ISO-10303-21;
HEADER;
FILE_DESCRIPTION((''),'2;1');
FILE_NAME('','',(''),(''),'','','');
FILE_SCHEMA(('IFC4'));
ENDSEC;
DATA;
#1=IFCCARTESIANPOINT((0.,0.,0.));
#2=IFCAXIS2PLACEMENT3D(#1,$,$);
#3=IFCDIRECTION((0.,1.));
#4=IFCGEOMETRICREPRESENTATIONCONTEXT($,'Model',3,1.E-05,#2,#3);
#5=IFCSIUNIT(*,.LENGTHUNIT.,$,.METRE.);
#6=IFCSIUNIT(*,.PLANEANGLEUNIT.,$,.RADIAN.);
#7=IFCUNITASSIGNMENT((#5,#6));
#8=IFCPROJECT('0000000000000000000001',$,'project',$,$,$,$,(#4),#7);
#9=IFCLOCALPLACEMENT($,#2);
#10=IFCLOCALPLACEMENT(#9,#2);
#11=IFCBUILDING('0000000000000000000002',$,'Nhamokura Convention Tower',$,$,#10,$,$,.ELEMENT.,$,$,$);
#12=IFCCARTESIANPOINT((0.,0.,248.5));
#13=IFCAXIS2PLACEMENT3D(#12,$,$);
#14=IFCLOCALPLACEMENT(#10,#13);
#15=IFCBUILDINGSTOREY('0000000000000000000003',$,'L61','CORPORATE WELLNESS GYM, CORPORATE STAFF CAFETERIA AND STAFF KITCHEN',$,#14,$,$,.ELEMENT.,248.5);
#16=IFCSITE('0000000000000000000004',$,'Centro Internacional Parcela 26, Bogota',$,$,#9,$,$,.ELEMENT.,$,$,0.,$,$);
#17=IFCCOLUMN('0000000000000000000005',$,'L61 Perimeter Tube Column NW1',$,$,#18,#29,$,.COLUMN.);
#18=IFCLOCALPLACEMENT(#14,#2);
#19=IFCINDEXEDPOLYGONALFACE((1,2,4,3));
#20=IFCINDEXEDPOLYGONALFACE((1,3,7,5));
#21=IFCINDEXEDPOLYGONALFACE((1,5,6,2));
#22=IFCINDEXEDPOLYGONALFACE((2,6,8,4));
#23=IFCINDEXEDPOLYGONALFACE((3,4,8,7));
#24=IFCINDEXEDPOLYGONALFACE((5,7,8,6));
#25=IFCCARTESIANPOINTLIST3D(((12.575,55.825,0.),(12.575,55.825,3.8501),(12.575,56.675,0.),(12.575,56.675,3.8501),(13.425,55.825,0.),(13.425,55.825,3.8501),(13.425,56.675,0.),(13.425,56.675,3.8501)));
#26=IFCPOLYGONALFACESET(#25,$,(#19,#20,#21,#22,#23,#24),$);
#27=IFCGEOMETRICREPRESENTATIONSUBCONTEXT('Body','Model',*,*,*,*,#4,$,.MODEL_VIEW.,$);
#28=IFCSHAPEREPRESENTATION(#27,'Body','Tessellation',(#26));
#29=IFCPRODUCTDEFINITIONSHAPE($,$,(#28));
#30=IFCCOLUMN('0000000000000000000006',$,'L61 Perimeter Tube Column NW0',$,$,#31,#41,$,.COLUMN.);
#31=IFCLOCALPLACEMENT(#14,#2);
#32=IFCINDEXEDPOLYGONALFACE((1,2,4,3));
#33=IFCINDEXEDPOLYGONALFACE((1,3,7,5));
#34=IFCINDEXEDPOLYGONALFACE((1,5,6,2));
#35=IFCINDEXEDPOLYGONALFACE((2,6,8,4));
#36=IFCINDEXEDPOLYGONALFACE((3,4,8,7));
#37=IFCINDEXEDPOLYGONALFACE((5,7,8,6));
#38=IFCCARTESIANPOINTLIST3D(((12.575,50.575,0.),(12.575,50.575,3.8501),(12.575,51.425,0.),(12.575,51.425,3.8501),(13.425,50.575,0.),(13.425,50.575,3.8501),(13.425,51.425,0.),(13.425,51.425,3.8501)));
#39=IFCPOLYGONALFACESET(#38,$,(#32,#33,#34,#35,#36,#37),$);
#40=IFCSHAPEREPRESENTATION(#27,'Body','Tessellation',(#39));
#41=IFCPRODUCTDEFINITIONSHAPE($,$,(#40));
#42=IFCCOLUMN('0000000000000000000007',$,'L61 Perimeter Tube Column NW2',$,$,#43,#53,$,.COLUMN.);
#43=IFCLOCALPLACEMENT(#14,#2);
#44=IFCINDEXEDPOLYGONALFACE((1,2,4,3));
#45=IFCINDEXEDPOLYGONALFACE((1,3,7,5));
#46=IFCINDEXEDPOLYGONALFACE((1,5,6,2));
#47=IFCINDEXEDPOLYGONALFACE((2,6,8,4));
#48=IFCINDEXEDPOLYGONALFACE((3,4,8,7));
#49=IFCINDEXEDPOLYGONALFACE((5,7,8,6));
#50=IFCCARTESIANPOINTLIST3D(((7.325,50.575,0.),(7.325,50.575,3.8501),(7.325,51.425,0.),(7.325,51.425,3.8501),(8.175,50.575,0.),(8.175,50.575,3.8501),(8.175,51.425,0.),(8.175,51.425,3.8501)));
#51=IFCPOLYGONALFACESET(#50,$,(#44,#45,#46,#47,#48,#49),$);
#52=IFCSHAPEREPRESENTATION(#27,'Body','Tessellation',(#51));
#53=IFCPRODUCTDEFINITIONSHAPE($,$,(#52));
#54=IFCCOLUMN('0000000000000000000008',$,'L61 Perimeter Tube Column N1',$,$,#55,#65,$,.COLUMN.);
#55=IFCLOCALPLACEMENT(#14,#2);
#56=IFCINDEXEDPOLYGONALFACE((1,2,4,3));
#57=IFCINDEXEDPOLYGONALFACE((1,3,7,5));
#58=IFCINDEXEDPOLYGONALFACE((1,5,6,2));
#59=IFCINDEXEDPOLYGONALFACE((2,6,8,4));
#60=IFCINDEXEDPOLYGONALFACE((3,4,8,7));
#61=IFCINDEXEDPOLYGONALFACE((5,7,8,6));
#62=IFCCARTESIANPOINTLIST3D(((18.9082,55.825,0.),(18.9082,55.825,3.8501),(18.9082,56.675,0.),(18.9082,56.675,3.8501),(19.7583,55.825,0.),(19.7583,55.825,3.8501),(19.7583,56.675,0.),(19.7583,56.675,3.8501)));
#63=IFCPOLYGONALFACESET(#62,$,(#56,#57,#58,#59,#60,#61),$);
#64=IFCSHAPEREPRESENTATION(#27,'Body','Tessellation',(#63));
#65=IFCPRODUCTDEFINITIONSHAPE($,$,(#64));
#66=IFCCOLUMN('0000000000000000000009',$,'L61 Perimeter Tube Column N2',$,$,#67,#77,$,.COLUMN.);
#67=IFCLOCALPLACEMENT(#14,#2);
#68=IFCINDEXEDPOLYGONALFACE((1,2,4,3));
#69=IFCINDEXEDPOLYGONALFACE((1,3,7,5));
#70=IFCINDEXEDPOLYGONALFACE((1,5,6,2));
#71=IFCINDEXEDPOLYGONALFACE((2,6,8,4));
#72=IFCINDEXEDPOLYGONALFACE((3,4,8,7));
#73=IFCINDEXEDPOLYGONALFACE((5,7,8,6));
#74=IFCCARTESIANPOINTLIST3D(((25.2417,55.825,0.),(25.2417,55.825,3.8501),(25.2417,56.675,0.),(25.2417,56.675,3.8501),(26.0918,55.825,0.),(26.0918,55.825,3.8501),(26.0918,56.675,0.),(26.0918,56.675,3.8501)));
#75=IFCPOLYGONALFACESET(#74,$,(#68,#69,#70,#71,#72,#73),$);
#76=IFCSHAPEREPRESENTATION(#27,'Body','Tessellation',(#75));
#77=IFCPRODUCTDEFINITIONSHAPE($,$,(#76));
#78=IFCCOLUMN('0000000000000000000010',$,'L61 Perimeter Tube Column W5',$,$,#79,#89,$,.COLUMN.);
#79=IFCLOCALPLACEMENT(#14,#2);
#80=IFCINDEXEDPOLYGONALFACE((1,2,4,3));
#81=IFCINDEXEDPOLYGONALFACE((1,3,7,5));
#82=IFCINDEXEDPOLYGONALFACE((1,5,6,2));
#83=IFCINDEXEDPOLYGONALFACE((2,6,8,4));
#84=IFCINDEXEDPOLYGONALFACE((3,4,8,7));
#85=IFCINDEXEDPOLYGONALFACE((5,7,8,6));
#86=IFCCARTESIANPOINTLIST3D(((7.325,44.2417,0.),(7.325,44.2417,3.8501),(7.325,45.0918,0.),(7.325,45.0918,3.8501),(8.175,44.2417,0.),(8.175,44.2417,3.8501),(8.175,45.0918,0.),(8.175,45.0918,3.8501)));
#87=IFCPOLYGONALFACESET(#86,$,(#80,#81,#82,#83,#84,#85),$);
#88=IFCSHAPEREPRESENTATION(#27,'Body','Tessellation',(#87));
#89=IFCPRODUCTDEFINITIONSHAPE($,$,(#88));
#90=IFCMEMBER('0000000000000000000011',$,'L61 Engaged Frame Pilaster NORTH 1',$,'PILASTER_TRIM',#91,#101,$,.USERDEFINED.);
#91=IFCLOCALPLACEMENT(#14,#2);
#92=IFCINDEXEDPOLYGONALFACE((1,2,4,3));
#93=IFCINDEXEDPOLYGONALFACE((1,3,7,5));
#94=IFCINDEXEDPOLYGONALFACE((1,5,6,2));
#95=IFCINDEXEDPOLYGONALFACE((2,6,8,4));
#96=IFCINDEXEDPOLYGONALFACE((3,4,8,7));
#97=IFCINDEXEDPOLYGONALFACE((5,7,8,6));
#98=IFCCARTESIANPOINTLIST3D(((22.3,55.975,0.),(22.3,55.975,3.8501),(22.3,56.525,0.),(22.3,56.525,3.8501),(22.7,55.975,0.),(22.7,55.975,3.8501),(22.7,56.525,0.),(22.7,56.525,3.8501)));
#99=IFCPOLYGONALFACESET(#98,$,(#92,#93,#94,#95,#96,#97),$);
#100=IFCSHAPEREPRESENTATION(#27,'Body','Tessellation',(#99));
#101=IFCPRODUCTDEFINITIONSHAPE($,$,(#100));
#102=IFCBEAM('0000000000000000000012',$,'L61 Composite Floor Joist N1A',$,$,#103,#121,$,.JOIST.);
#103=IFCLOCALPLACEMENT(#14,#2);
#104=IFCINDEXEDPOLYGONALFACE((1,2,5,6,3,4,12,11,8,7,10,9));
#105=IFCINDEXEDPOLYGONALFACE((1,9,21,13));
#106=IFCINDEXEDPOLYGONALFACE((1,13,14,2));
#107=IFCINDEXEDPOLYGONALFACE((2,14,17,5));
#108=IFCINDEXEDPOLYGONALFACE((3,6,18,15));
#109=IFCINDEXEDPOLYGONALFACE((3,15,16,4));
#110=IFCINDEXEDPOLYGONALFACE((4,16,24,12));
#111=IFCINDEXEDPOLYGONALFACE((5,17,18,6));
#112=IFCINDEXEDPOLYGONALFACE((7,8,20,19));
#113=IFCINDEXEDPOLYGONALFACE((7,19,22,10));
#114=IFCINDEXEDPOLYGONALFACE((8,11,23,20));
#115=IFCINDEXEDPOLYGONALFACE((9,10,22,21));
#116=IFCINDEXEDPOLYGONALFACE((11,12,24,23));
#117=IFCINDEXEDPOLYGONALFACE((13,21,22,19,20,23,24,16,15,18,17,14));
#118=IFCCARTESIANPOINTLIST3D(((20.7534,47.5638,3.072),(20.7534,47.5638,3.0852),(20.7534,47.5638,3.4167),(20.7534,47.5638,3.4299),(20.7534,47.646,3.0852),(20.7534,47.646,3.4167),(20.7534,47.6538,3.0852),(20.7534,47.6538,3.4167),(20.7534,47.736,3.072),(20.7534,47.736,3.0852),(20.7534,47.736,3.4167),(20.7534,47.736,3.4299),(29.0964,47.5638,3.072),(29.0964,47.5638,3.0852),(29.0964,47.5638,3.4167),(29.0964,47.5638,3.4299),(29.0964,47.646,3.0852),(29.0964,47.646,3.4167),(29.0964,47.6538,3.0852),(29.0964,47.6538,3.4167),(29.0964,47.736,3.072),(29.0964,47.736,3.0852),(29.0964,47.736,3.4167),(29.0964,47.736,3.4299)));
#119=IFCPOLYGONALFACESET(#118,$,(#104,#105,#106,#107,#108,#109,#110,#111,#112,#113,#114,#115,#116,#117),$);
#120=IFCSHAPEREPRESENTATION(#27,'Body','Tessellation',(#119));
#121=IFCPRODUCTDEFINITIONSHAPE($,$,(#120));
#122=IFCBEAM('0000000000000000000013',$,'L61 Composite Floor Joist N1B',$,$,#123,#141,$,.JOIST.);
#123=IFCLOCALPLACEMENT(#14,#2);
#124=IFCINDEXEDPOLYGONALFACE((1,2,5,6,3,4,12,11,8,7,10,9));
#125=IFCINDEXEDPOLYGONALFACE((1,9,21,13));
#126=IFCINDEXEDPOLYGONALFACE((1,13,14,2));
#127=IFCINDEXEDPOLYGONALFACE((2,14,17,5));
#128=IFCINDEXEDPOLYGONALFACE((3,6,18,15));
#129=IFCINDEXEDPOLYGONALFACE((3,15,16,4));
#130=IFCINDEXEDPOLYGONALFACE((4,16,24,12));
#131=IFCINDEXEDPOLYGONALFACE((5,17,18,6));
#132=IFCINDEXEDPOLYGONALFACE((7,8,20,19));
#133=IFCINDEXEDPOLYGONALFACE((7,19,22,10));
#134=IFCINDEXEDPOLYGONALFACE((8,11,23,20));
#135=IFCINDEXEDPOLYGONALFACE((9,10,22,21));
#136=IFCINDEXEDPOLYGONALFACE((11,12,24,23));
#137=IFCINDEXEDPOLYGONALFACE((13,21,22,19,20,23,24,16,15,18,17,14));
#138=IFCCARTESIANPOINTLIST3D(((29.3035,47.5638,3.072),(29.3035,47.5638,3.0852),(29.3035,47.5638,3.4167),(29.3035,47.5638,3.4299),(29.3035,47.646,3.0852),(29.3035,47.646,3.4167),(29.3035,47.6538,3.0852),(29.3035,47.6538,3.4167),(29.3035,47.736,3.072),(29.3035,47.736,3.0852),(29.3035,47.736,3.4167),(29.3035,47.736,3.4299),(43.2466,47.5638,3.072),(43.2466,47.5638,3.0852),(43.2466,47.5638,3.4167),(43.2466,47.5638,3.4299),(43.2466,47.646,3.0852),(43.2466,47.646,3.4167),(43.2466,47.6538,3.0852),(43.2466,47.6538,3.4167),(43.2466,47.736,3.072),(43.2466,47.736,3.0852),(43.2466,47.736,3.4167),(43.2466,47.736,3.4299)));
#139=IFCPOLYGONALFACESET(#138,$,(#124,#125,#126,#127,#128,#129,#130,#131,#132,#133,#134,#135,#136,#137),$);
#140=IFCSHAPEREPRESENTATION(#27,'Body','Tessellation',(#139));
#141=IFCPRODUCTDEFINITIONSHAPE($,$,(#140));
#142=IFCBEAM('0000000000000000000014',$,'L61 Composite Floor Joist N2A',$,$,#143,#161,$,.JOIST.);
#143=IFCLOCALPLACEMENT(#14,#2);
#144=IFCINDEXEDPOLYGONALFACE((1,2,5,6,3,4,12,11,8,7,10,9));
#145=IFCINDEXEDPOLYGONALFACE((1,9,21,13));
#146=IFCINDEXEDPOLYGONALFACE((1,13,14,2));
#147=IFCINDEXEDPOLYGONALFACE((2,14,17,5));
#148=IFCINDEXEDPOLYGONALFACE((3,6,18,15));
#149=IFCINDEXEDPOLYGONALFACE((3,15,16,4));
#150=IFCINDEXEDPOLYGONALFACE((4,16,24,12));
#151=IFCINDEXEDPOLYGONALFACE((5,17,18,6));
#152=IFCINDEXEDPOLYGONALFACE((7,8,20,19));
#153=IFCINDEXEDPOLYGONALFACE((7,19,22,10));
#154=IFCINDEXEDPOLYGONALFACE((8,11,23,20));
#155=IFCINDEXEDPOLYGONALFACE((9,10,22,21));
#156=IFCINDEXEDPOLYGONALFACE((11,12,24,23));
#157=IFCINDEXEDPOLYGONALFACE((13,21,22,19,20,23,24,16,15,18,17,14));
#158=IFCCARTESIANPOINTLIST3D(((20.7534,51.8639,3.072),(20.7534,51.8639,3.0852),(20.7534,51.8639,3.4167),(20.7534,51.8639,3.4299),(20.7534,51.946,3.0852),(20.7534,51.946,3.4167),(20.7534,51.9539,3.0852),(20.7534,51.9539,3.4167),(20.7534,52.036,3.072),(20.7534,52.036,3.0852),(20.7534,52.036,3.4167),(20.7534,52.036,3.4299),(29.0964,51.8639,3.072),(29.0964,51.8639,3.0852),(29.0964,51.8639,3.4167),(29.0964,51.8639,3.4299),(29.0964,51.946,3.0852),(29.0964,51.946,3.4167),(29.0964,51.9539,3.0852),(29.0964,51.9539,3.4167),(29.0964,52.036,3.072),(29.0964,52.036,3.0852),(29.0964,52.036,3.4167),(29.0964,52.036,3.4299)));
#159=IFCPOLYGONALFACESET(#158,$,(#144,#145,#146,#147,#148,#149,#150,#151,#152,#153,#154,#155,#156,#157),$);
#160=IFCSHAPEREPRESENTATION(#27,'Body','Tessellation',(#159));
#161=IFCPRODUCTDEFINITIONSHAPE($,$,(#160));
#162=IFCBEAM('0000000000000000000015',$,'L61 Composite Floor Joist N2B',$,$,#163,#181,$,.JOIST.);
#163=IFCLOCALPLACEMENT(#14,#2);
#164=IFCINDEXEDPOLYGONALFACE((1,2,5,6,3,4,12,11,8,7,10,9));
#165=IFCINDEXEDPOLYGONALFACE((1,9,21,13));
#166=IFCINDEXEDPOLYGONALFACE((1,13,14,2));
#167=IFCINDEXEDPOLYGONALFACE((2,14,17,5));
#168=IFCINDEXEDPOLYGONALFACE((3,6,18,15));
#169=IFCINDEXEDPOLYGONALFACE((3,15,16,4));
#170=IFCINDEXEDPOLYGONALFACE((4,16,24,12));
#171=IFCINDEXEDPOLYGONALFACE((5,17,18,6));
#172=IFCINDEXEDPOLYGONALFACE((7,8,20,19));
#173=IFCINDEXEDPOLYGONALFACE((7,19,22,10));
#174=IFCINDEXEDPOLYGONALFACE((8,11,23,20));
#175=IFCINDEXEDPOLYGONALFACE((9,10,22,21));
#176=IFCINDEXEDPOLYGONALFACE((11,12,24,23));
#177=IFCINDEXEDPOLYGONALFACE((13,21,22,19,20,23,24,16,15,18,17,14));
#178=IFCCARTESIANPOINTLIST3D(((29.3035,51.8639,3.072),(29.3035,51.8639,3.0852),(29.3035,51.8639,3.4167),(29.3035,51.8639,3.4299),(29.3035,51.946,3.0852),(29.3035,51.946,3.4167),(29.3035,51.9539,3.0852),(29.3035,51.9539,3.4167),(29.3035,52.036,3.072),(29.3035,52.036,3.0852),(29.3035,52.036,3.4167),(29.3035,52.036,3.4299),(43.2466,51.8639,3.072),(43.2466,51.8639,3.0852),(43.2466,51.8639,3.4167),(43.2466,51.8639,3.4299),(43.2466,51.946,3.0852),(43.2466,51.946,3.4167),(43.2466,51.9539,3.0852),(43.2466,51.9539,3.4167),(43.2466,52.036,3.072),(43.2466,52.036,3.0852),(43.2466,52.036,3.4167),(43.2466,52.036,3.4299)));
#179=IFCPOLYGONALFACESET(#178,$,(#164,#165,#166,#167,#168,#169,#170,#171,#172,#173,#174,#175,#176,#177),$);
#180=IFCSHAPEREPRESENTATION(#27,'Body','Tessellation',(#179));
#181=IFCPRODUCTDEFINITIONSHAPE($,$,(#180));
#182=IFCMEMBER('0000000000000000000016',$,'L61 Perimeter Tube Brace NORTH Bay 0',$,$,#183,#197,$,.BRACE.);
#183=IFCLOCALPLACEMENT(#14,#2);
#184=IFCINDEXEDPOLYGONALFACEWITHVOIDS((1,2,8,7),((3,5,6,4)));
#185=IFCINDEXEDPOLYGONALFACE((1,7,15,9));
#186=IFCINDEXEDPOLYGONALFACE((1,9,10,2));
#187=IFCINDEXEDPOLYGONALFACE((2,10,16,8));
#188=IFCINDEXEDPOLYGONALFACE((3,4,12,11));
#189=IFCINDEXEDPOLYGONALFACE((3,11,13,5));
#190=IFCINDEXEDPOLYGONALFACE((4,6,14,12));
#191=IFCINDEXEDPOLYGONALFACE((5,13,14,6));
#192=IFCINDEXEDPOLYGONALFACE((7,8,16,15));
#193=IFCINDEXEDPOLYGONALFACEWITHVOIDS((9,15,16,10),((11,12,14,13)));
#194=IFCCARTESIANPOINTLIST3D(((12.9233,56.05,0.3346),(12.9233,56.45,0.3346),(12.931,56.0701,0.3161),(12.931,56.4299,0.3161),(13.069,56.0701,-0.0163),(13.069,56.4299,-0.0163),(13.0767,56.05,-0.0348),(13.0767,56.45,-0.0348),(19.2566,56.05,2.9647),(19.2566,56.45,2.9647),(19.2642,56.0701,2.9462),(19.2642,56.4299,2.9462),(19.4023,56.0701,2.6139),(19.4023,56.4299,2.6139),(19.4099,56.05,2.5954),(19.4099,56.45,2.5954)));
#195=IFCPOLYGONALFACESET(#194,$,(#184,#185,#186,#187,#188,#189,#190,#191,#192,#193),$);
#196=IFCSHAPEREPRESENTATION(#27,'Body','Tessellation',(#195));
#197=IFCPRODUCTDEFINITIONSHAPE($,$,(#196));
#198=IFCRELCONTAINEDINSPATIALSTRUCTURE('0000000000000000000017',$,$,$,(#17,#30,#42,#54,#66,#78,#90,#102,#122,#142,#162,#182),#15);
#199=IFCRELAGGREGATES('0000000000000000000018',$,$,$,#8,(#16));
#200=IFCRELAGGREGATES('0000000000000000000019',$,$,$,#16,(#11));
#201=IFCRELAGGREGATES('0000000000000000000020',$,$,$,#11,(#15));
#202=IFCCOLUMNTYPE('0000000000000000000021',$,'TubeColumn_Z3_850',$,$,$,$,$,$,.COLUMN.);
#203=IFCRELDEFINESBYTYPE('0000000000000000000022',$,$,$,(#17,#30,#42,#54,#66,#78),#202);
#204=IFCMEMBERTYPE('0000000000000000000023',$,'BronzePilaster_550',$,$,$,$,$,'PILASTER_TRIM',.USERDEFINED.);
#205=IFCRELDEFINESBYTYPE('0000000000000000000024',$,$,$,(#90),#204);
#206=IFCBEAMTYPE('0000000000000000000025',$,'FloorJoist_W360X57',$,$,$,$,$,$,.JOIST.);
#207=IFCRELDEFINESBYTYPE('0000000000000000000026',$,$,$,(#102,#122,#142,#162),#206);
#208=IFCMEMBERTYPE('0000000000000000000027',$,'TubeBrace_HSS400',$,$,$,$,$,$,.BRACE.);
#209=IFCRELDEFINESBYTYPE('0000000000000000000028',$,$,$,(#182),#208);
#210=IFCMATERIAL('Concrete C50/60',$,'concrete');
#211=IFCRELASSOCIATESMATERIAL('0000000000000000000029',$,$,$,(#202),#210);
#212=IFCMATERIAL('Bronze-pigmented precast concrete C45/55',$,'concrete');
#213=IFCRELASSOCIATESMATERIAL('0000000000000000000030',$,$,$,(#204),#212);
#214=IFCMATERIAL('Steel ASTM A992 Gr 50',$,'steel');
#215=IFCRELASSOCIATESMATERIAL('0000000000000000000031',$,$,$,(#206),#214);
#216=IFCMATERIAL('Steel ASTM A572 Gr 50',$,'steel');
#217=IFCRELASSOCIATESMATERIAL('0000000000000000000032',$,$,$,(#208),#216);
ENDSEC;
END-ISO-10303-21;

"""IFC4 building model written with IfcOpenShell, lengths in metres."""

from ifc_helpers import new_model, si_unit, direction, frame, origin, origin_2d, place, context, subcontext, project, spatial, rectangle, hollow_rectangle, i_section, extrude, material, material_profile, profile_set, type_object, element, save


model = new_model("IFC4")

# Units and contexts
model_context = context("Model", 3, precision=1e-05, world=origin(), true_north=direction((0.0, 1.0)))
body_context = subcontext(model_context, "Body", "Model", "MODEL_VIEW")
ifc_project = project(units=[si_unit("LENGTHUNIT", "METRE"), si_unit("PLANEANGLEUNIT", "RADIAN")], contexts=[model_context])

# Site, building, storey
site_placement = place(None, origin())
site = spatial("IfcSite", under=ifc_project, at=site_placement, Name="Centro Internacional Parcela 26, Bogota", CompositionType="ELEMENT", RefElevation=0.0)
building_placement = place(site_placement, origin())
building = spatial("IfcBuilding", under=site, at=building_placement, Name="Nhamokura Convention Tower", CompositionType="ELEMENT")
storey_placement = place(building_placement, frame((0.0, 0.0, 248.5)))
storey = spatial("IfcBuildingStorey", under=building, at=storey_placement, Name="L61", Description="CORPORATE WELLNESS GYM, CORPORATE STAFF CAFETERIA AND STAFF KITCHEN", CompositionType="ELEMENT", Elevation=248.5)

# Columns
ifc_material_1 = material(Name="Concrete C50/60", Category="concrete")
ifc_material_profile_1 = material_profile(ifc_material_1, rectangle(XDim=0.8501, YDim=0.8501, at=origin_2d()))
ifc_profile_set_1 = profile_set([ifc_material_profile_1], Name="Concrete C50/60")
column_type = type_object("IfcColumnType", Name="TubeColumn_Z3_850", PredefinedType="COLUMN", material=ifc_profile_set_1)
for number, where, z_axis, x_axis, name in (
    (1, (13.0, 56.25, 0.0), (0.0, 0.0, 1.0), (1.0, 0.0, 0.0), "L61 Perimeter Tube Column NW1"),
    (2, (13.0, 51.0, 0.0), (0.0, 0.0, 1.0), (1.0, 0.0, 0.0), "L61 Perimeter Tube Column NW0"),
    (3, (7.75, 51.0, 0.0), (0.0, 0.0, 1.0), (1.0, 0.0, 0.0), "L61 Perimeter Tube Column NW2"),
    (4, (19.3333, 56.25, 0.0), (0.0, 0.0, 1.0), (1.0, 0.0, 0.0), "L61 Perimeter Tube Column N1"),
    (5, (25.6667, 56.25, 0.0), (0.0, 0.0, 1.0), (1.0, 0.0, 0.0), "L61 Perimeter Tube Column N2"),
    (6, (7.75, 44.6667, 0.0), (0.0, 0.0, 1.0), (1.0, 0.0, 0.0), "L61 Perimeter Tube Column W5"),
):
    element("IfcColumn", number, at=place(storey_placement, frame(where, z_axis=z_axis, x_axis=x_axis)), inside=storey, type_object=column_type, Name=name, PredefinedType="COLUMN", context=body_context, shape_type="SweptSolid", body=[
        extrude(rectangle(XDim=0.8501, YDim=0.8501, at=origin_2d()), origin(), (0.0, 0.0, 1.0), 3.8501),
    ])

# Member
ifc_material_2 = material(Name="Bronze-pigmented precast concrete C45/55", Category="concrete")
ifc_material_profile_2 = material_profile(ifc_material_2, rectangle(XDim=0.3999, YDim=0.55, at=origin_2d()))
ifc_profile_set_2 = profile_set([ifc_material_profile_2], Name="Bronze-pigmented precast concrete C45/55")
member_type_1 = type_object("IfcMemberType", Name="BronzePilaster_550", ElementType="PILASTER_TRIM", PredefinedType="USERDEFINED", material=ifc_profile_set_2)
member_placement = place(storey_placement, frame((22.5, 56.25, 0.0), z_axis=(0.0, 0.0, 1.0), x_axis=(1.0, 0.0, 0.0)))
element("IfcMember", 7, at=member_placement, inside=storey, type_object=member_type_1, Name="L61 Engaged Frame Pilaster NORTH 1", ObjectType="PILASTER_TRIM", PredefinedType="USERDEFINED", context=body_context, shape_type="SweptSolid", body=[
    extrude(rectangle(XDim=0.3999, YDim=0.55, at=origin_2d()), origin(), (0.0, 0.0, 1.0), 3.8501),
])

# Beams
ifc_material_3 = material(Name="Steel ASTM A992 Gr 50", Category="steel")
ifc_material_profile_3 = material_profile(ifc_material_3, i_section(OverallWidth=0.1721, OverallDepth=0.3579, WebThickness=0.0078, FlangeThickness=0.0132, at=origin_2d()))
ifc_profile_set_3 = profile_set([ifc_material_profile_3], Name="Steel ASTM A992 Gr 50")
beam_type_1 = type_object("IfcBeamType", Name="FloorJoist_W360X57", PredefinedType="JOIST", material=ifc_profile_set_3)
beam_1_placement = place(storey_placement, frame((20.7534, 47.6499, 3.251), z_axis=(1.0, 0.0, 0.0), x_axis=(0.0, 1.0, 0.0)))
element("IfcBeam", 8, at=beam_1_placement, inside=storey, type_object=beam_type_1, Name="L61 Composite Floor Joist N1A", PredefinedType="JOIST", context=body_context, shape_type="SweptSolid", body=[
    extrude(i_section(OverallWidth=0.1721, OverallDepth=0.3579, WebThickness=0.0078, FlangeThickness=0.0132, at=origin_2d()), origin(), (0.0, 0.0, 1.0), 8.343),
])
beam_2_placement = place(storey_placement, frame((29.3035, 47.6499, 3.251), z_axis=(1.0, 0.0, 0.0), x_axis=(0.0, 1.0, 0.0)))
element("IfcBeam", 9, at=beam_2_placement, inside=storey, type_object=beam_type_1, Name="L61 Composite Floor Joist N1B", PredefinedType="JOIST", context=body_context, shape_type="SweptSolid", body=[
    extrude(i_section(OverallWidth=0.1721, OverallDepth=0.3579, WebThickness=0.0078, FlangeThickness=0.0132, at=origin_2d()), origin(), (0.0, 0.0, 1.0), 13.9431),
])
beam_3_placement = place(storey_placement, frame((20.7534, 51.95, 3.251), z_axis=(1.0, 0.0, 0.0), x_axis=(0.0, 1.0, 0.0)))
element("IfcBeam", 10, at=beam_3_placement, inside=storey, type_object=beam_type_1, Name="L61 Composite Floor Joist N2A", PredefinedType="JOIST", context=body_context, shape_type="SweptSolid", body=[
    extrude(i_section(OverallWidth=0.1721, OverallDepth=0.3579, WebThickness=0.0078, FlangeThickness=0.0132, at=origin_2d()), origin(), (0.0, 0.0, 1.0), 8.343),
])
beam_4_placement = place(storey_placement, frame((29.3035, 51.95, 3.251), z_axis=(1.0, 0.0, 0.0), x_axis=(0.0, 1.0, 0.0)))
element("IfcBeam", 11, at=beam_4_placement, inside=storey, type_object=beam_type_1, Name="L61 Composite Floor Joist N2B", PredefinedType="JOIST", context=body_context, shape_type="SweptSolid", body=[
    extrude(i_section(OverallWidth=0.1721, OverallDepth=0.3579, WebThickness=0.0078, FlangeThickness=0.0132, at=origin_2d()), origin(), (0.0, 0.0, 1.0), 13.9431),
])

# Member
ifc_material_4 = material(Name="Steel ASTM A572 Gr 50", Category="steel")
ifc_material_profile_4 = material_profile(ifc_material_4, hollow_rectangle(XDim=0.3999, YDim=0.3999, WallThickness=0.02, at=origin_2d()))
ifc_profile_set_4 = profile_set([ifc_material_profile_4], Name="Steel ASTM A572 Gr 50")
member_type_2 = type_object("IfcMemberType", Name="TubeBrace_HSS400", PredefinedType="BRACE", material=ifc_profile_set_4)
for number, where, z_axis, x_axis, name in (
    (12, (13.0, 56.25, 0.1499), (0.923528, 0.0, 0.383531), (0.0, 1.0, 0.0), "L61 Perimeter Tube Brace NORTH Bay 0"),
):
    element("IfcMember", number, at=place(storey_placement, frame(where, z_axis=z_axis, x_axis=x_axis)), inside=storey, type_object=member_type_2, Name=name, PredefinedType="BRACE", context=body_context, shape_type="SweptSolid", body=[
        extrude(hollow_rectangle(XDim=0.3999, YDim=0.3999, WallThickness=0.02, at=origin_2d()), origin(), (0.0, 0.0, 1.0), 6.8577),
    ])

save(model, "model.ifc")
